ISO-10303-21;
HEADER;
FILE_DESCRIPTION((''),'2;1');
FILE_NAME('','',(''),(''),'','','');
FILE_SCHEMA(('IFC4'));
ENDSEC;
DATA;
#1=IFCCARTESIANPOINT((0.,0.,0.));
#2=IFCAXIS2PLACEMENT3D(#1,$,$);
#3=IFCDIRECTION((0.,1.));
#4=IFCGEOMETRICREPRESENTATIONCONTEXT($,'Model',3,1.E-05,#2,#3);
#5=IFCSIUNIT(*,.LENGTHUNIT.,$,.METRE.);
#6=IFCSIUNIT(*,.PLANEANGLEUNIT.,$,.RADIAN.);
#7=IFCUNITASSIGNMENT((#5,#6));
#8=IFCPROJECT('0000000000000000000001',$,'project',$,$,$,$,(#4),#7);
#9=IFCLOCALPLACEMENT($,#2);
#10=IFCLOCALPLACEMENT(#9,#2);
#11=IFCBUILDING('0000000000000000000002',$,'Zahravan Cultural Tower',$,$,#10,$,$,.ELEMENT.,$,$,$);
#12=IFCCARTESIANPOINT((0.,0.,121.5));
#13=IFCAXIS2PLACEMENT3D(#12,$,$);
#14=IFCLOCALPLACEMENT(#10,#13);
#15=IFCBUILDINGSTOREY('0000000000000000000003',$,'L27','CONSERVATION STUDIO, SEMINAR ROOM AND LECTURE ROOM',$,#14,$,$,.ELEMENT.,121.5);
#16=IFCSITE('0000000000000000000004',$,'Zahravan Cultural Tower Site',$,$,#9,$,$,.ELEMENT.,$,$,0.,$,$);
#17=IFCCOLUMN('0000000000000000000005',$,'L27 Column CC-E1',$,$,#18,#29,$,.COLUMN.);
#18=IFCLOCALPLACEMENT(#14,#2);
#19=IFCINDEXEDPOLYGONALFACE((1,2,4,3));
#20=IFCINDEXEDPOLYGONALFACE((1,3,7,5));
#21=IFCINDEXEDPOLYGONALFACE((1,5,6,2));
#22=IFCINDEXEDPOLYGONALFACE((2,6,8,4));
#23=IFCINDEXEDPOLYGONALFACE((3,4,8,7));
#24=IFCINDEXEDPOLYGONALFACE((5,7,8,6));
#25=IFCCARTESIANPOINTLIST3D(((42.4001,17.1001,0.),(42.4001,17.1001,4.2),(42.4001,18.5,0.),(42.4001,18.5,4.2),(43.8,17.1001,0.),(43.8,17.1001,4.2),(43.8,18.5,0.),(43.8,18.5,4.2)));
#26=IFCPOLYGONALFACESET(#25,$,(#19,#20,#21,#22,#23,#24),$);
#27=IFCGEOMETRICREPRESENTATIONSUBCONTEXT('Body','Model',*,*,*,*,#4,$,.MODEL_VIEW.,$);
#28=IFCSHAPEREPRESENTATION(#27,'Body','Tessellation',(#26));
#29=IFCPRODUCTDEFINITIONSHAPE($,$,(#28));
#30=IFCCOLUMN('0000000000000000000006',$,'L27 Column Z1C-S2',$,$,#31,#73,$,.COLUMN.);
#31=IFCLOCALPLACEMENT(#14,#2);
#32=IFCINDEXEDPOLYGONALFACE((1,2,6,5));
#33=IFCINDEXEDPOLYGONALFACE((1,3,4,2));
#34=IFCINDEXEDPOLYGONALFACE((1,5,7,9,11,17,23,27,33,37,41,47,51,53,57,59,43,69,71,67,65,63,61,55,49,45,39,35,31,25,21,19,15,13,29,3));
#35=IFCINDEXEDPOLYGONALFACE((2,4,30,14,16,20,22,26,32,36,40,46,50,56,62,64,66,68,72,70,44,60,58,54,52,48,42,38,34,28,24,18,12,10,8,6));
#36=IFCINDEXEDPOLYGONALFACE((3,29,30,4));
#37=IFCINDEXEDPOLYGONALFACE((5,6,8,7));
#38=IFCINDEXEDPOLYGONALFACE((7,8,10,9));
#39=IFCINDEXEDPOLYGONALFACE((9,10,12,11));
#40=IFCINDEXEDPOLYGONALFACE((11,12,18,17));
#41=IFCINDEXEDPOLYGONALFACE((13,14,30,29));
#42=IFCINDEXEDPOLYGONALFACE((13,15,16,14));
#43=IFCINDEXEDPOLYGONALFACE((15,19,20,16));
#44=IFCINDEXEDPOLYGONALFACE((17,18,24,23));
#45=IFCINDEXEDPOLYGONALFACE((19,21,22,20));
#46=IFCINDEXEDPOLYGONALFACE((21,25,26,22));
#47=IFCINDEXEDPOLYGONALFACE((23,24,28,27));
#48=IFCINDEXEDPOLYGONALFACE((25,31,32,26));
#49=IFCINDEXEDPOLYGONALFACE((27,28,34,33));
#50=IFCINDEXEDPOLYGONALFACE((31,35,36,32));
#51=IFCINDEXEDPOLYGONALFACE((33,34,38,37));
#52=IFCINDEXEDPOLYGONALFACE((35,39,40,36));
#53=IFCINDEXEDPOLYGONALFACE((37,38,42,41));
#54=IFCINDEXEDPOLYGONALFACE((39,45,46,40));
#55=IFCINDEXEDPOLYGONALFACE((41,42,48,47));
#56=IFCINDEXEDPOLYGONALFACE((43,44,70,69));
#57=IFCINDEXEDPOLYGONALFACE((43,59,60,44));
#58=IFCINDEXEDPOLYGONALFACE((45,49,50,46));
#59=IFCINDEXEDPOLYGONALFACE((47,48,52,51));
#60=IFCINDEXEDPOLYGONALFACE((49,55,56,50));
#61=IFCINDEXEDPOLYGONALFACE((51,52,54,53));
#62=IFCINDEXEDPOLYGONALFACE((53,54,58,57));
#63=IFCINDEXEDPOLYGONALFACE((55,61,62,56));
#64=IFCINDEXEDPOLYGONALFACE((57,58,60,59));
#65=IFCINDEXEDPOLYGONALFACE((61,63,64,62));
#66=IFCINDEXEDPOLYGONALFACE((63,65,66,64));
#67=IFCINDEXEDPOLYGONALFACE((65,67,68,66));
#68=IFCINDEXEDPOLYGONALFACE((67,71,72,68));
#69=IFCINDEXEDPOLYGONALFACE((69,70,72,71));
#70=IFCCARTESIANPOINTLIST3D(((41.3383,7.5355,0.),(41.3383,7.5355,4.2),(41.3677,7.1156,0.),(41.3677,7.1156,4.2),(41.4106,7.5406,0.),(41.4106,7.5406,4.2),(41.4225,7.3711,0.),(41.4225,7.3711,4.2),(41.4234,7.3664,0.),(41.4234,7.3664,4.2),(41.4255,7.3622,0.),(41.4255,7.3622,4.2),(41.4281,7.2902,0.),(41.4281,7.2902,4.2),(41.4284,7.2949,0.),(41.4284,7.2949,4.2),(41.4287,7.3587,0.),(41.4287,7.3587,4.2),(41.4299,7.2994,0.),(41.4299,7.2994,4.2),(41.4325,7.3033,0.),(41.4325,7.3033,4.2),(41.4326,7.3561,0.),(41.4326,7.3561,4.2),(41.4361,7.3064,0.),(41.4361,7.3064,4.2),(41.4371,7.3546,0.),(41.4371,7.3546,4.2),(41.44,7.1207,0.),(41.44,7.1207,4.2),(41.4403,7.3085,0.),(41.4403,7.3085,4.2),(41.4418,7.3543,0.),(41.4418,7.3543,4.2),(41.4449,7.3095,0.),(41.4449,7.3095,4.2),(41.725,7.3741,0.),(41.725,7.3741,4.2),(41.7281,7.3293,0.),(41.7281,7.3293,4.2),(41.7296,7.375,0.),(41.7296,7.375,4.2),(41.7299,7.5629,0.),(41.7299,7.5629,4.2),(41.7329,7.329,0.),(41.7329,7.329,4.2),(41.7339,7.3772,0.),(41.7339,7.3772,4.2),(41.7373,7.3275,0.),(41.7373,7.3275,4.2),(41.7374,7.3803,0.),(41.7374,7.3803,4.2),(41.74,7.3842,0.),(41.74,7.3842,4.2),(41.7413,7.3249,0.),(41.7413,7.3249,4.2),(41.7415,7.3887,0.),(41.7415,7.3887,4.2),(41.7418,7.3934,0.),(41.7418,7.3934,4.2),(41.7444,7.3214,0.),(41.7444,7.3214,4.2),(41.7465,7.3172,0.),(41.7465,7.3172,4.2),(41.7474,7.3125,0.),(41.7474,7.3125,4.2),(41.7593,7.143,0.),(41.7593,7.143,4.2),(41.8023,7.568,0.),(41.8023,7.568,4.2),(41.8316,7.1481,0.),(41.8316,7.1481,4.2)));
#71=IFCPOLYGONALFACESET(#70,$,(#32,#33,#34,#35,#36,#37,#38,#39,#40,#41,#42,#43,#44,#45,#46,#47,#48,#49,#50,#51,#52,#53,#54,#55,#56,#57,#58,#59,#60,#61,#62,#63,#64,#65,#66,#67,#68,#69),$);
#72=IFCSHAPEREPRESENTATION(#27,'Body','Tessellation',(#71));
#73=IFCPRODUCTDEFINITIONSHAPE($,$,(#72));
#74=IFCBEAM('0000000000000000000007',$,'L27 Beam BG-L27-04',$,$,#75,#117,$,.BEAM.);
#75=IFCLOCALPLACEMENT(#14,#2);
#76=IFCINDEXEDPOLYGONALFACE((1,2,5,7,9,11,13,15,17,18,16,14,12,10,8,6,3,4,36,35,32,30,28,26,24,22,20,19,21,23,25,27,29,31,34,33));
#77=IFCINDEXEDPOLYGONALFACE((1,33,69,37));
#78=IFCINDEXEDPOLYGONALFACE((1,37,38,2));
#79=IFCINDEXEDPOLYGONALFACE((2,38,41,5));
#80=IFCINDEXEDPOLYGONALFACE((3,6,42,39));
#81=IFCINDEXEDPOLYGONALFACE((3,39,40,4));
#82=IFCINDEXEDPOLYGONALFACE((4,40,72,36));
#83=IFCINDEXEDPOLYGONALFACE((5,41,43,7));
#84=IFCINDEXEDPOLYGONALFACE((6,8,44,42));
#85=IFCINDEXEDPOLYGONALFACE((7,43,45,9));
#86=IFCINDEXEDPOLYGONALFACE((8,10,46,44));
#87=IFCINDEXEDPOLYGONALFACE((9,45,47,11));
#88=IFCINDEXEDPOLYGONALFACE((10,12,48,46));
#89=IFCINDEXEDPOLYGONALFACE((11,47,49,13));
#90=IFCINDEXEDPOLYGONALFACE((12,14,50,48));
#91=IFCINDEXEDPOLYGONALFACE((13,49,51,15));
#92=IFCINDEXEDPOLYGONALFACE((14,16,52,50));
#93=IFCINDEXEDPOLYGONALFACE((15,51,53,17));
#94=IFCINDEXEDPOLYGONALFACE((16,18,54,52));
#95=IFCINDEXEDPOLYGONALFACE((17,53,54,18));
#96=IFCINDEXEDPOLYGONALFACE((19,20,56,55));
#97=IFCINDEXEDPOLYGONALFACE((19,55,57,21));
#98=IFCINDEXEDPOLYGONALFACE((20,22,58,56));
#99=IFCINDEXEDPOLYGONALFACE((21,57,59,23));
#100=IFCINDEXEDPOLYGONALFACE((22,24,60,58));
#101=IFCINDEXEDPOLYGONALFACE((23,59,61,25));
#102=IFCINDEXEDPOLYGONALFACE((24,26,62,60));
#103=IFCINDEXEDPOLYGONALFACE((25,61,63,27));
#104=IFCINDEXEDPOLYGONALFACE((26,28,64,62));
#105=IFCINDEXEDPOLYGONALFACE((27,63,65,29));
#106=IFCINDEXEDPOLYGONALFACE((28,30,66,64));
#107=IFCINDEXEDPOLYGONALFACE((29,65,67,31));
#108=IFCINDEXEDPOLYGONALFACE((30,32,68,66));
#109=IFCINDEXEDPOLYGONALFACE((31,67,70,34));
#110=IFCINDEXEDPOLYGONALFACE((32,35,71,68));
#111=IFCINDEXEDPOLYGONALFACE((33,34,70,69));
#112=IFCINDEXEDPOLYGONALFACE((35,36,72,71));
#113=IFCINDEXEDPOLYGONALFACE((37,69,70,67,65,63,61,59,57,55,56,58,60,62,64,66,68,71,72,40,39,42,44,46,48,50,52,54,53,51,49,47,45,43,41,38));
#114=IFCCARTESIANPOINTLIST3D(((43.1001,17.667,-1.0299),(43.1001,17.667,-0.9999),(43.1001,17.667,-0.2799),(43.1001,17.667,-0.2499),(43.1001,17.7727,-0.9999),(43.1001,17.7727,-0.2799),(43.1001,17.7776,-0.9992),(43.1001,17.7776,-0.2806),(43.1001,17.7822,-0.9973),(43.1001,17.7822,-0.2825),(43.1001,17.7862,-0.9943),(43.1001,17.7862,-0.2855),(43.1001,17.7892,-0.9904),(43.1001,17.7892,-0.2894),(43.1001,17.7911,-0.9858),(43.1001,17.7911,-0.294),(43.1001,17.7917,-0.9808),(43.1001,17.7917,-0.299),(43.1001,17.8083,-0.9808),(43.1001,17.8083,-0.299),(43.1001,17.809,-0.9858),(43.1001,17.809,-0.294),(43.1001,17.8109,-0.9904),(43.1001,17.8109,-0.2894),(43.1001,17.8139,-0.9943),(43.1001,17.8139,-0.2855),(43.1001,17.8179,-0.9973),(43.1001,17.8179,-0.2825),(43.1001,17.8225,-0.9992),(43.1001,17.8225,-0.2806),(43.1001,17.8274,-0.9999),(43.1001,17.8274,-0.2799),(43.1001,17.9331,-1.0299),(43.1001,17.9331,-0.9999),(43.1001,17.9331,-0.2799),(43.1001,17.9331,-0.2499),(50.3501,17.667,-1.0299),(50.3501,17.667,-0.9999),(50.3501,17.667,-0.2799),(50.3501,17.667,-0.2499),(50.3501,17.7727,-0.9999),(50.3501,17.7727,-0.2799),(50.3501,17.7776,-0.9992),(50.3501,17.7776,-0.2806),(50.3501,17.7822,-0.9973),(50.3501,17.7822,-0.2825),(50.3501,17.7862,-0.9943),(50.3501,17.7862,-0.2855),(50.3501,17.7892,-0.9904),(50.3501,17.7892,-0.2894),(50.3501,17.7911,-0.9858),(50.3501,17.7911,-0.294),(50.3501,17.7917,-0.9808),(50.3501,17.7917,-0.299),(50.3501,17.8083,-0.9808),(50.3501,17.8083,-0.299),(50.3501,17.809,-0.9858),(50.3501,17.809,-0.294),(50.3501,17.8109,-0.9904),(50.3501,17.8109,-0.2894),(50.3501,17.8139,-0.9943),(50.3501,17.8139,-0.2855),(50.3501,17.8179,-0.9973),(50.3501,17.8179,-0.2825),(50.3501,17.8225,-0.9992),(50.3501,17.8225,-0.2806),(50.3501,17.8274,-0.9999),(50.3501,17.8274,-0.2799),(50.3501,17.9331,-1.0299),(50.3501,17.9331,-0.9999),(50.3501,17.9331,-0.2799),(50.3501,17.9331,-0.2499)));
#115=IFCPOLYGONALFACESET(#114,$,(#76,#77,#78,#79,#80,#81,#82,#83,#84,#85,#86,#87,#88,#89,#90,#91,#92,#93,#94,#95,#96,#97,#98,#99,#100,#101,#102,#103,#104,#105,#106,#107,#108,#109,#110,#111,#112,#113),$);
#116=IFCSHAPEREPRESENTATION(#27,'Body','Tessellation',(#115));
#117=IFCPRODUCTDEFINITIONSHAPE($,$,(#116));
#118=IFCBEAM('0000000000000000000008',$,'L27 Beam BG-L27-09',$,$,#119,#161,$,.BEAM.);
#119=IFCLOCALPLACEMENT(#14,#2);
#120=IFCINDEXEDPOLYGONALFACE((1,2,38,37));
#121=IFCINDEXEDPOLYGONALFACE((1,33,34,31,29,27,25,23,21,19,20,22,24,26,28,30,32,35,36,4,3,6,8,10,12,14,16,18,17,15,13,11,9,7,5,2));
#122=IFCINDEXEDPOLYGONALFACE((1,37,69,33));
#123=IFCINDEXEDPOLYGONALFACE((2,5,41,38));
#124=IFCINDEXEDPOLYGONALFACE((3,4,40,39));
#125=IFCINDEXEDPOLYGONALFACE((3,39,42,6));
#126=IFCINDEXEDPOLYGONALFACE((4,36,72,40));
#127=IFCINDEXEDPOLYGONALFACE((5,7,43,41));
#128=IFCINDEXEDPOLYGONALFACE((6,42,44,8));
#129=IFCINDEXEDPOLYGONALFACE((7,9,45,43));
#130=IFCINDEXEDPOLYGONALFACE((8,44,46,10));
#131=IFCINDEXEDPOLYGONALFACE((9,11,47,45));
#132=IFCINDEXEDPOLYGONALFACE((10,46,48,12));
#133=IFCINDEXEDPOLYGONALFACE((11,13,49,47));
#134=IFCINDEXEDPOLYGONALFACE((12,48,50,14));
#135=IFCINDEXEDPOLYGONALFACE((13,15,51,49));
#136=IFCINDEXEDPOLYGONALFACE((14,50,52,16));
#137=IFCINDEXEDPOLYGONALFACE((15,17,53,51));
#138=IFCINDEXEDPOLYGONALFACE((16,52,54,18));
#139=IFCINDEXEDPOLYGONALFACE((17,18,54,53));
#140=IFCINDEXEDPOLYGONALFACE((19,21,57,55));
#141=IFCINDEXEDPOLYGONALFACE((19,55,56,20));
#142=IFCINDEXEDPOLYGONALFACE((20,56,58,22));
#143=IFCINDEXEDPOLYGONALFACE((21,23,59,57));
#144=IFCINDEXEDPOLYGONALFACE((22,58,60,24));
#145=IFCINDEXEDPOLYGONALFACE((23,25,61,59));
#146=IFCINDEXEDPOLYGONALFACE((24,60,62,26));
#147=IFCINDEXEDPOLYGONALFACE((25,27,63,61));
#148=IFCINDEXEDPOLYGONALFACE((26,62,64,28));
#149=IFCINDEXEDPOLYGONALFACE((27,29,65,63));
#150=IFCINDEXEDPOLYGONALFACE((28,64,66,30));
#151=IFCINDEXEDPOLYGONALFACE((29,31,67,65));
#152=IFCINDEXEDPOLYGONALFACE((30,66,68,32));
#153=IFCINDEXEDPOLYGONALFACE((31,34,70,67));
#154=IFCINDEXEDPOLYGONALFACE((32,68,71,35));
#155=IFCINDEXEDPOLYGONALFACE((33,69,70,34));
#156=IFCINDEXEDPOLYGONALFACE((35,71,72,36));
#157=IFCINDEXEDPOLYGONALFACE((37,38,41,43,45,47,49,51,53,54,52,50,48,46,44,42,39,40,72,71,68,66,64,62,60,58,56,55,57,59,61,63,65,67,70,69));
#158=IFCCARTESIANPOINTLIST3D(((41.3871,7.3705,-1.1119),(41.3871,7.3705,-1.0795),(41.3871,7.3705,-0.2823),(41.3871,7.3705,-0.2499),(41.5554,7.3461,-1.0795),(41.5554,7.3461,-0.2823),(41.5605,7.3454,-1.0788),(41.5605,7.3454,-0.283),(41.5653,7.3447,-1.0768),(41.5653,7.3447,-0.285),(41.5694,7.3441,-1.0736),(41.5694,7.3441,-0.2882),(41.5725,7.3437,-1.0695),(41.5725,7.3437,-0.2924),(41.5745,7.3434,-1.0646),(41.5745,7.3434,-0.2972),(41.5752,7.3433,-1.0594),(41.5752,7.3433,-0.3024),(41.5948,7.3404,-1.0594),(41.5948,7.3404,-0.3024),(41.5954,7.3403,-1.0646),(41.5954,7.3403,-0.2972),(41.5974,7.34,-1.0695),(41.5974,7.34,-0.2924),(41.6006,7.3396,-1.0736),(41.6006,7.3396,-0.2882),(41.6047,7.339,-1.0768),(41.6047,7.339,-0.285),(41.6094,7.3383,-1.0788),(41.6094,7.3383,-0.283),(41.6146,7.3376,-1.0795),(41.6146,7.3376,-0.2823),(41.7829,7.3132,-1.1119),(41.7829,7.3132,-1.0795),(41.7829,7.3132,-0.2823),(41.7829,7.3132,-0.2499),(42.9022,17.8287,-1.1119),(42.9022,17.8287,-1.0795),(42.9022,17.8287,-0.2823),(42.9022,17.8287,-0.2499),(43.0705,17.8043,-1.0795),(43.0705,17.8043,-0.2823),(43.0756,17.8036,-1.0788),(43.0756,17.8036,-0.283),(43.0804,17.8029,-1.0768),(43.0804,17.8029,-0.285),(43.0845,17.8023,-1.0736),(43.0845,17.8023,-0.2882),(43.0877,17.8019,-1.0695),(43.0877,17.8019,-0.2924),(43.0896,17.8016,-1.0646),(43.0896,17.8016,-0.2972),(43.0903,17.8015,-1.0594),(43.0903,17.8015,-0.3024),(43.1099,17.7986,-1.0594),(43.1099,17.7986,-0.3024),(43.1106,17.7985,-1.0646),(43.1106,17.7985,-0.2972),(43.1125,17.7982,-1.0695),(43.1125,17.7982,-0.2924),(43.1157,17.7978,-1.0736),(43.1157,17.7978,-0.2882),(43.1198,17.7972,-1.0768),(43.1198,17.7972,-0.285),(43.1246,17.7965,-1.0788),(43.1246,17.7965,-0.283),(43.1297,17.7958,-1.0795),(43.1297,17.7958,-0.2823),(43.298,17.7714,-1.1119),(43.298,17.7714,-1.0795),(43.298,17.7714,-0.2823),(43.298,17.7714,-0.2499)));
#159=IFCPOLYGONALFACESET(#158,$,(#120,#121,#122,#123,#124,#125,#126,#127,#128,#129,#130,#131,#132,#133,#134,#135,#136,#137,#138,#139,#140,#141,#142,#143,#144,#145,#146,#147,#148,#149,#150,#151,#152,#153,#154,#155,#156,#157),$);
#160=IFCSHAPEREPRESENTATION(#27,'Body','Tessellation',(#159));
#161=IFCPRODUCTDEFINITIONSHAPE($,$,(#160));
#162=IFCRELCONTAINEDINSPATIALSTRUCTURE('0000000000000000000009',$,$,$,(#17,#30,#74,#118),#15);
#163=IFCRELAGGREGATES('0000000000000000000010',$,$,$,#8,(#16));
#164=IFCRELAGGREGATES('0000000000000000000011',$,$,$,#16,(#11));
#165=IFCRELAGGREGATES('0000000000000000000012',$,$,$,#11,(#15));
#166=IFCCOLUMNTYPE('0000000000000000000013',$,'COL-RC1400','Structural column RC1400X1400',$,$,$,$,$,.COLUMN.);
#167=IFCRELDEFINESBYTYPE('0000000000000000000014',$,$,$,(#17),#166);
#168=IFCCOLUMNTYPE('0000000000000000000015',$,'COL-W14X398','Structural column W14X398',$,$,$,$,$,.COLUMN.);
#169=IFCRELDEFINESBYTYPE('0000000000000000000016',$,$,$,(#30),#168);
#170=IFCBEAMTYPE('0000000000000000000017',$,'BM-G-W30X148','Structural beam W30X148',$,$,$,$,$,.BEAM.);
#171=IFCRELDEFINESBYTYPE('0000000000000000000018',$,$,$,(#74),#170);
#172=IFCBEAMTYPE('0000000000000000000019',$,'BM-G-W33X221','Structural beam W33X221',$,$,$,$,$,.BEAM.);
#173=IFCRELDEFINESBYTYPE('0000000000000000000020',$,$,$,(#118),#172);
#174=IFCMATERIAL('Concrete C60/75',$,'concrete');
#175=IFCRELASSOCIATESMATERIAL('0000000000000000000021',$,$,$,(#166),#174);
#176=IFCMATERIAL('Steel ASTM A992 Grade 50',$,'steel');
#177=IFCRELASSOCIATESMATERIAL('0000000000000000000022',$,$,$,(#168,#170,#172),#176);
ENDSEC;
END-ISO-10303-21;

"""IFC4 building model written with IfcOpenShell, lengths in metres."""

from ifc_helpers import new_model, si_unit, direction, frame, origin, origin_2d, place, context, subcontext, project, spatial, rectangle, i_section, extrude, source, transform, mapped, material, material_profile, profile_set, type_object, element, save


model = new_model("IFC4")

# Units and contexts
model_context = context("Model", 3, precision=1e-05, world=origin(), true_north=direction((0.0, 1.0)))
body_context = subcontext(model_context, "Body", "Model", "MODEL_VIEW")
ifc_project = project(units=[si_unit("LENGTHUNIT", "METRE"), si_unit("PLANEANGLEUNIT", "RADIAN")], contexts=[model_context])

# Site, building, storey
site_placement = place(None, origin())
site = spatial("IfcSite", under=ifc_project, at=site_placement, Name="Zahravan Cultural Tower Site", CompositionType="ELEMENT", RefElevation=0.0)
building_placement = place(site_placement, origin())
building = spatial("IfcBuilding", under=site, at=building_placement, Name="Zahravan Cultural Tower", CompositionType="ELEMENT")
storey_placement = place(building_placement, frame((0.0, 0.0, 121.5)))
storey = spatial("IfcBuildingStorey", under=building, at=storey_placement, Name="L27", Description="CONSERVATION STUDIO, SEMINAR ROOM AND LECTURE ROOM", CompositionType="ELEMENT", Elevation=121.5)

# Columns
ifc_material_1 = material(Name="Concrete C60/75", Category="concrete")
ifc_material_profile_1 = material_profile(ifc_material_1, rectangle(XDim=1.3999, YDim=1.3999, at=origin_2d()), Name="RC1400X1400")
ifc_profile_set_1 = profile_set([ifc_material_profile_1], Name="Concrete C60/75")
column_type_1 = type_object("IfcColumnType", Name="COL-RC1400", Description="Structural column RC1400X1400", PredefinedType="COLUMN", material=ifc_profile_set_1)
shared_shape_1 = source(origin(), body_context, "Body", "SweptSolid", [
    extrude(rectangle(XDim=1.3999, YDim=1.3999, at=origin_2d()), origin(), (0.0, 0.0, 1.0), 4.2),
])
column_1_placement = place(storey_placement, frame((43.1001, 17.8, 0.0), z_axis=(0.0, 0.0, 1.0), x_axis=(1.0, 0.0, 0.0)))
element("IfcColumn", 1, at=column_1_placement, inside=storey, type_object=column_type_1, Name="L27 Column CC-E1", PredefinedType="COLUMN", context=body_context, shape_type="MappedRepresentation", body=[
    mapped(shared_shape_1, transform((0.0, 0.0, 0.0), x_axis=(1.0, 0.0, 0.0), y_axis=(0.0, 1.0, 0.0), z_axis=(0.0, 0.0, 1.0), scale=1.0)),
])
ifc_material_2 = material(Name="Steel ASTM A992 Grade 50", Category="steel")
ifc_material_profile_2 = material_profile(ifc_material_2, i_section(OverallWidth=0.4209, OverallDepth=0.4651, WebThickness=0.0449, FlangeThickness=0.0725, FilletRadius=0.0181, at=origin_2d()), Name="W14X398")
ifc_profile_set_2 = profile_set([ifc_material_profile_2], Name="Steel ASTM A992 Grade 50")
column_type_2 = type_object("IfcColumnType", Name="COL-W14X398", Description="Structural column W14X398", PredefinedType="COLUMN", material=ifc_profile_set_2)
shared_shape_2 = source(origin(), body_context, "Body", "SweptSolid", [
    extrude(i_section(OverallWidth=0.4209, OverallDepth=0.4651, WebThickness=0.0449, FlangeThickness=0.0725, FilletRadius=0.0181, at=origin_2d()), origin(), (0.0, 0.0, 1.0), 4.2),
])
column_2_placement = place(storey_placement, frame((41.585, 7.3418, 0.0), z_axis=(0.0, 0.0, 1.0), x_axis=(-0.069756, 0.997564, 0.0)))
element("IfcColumn", 2, at=column_2_placement, inside=storey, type_object=column_type_2, Name="L27 Column Z1C-S2", PredefinedType="COLUMN", context=body_context, shape_type="MappedRepresentation", body=[
    mapped(shared_shape_2, transform((0.0, 0.0, 0.0), x_axis=(1.0, 0.0, 0.0), y_axis=(0.0, 1.0, 0.0), z_axis=(0.0, 0.0, 1.0), scale=1.0)),
])

# Beams
ifc_material_profile_3 = material_profile(ifc_material_2, i_section(OverallWidth=0.2661, OverallDepth=0.78, WebThickness=0.0166, FlangeThickness=0.03, FilletRadius=0.019, at=origin_2d()), Name="W30X148")
ifc_profile_set_3 = profile_set([ifc_material_profile_3], Name="Steel ASTM A992 Grade 50")
beam_type_1 = type_object("IfcBeamType", Name="BM-G-W30X148", Description="Structural beam W30X148", PredefinedType="BEAM", material=ifc_profile_set_3)
shared_shape_3 = source(origin(), body_context, "Body", "SweptSolid", [
    extrude(i_section(OverallWidth=0.2661, OverallDepth=0.78, WebThickness=0.0166, FlangeThickness=0.03, FilletRadius=0.019, at=origin_2d()), origin(), (0.0, 0.0, 1.0), 7.25),
])
beam_1_placement = place(storey_placement, frame((43.1001, 17.8, -0.6399), z_axis=(1.0, 0.0, 0.0), x_axis=(0.0, 1.0, 0.0)))
element("IfcBeam", 3, at=beam_1_placement, inside=storey, type_object=beam_type_1, Name="L27 Beam BG-L27-04", PredefinedType="BEAM", context=body_context, shape_type="MappedRepresentation", body=[
    mapped(shared_shape_3, transform((0.0, 0.0, 0.0), x_axis=(1.0, 0.0, 0.0), y_axis=(0.0, 1.0, 0.0), z_axis=(0.0, 0.0, 1.0), scale=1.0)),
])
ifc_material_profile_4 = material_profile(ifc_material_2, i_section(OverallWidth=0.3999, OverallDepth=0.8621, WebThickness=0.0198, FlangeThickness=0.0325, FilletRadius=0.02, at=origin_2d()), Name="W33X221")
ifc_profile_set_4 = profile_set([ifc_material_profile_4], Name="Steel ASTM A992 Grade 50")
beam_type_2 = type_object("IfcBeamType", Name="BM-G-W33X221", Description="Structural beam W33X221", PredefinedType="BEAM", material=ifc_profile_set_4)
shared_shape_4 = source(origin(), body_context, "Body", "SweptSolid", [
    extrude(i_section(OverallWidth=0.3999, OverallDepth=0.8621, WebThickness=0.0198, FlangeThickness=0.0325, FilletRadius=0.02, at=origin_2d()), origin(), (0.0, 0.0, 1.0), 10.5674),
])
beam_2_placement = place(storey_placement, frame((43.1001, 17.8, -0.6809), z_axis=(-0.143378, -0.989668, 0.0), x_axis=(0.989668, -0.143378, 0.0)))
element("IfcBeam", 4, at=beam_2_placement, inside=storey, type_object=beam_type_2, Name="L27 Beam BG-L27-09", PredefinedType="BEAM", context=body_context, shape_type="MappedRepresentation", body=[
    mapped(shared_shape_4, transform((0.0, 0.0, 0.0), x_axis=(1.0, 0.0, 0.0), y_axis=(0.0, 1.0, 0.0), z_axis=(0.0, 0.0, 1.0), scale=1.0)),
])

save(model, "model.ifc")
